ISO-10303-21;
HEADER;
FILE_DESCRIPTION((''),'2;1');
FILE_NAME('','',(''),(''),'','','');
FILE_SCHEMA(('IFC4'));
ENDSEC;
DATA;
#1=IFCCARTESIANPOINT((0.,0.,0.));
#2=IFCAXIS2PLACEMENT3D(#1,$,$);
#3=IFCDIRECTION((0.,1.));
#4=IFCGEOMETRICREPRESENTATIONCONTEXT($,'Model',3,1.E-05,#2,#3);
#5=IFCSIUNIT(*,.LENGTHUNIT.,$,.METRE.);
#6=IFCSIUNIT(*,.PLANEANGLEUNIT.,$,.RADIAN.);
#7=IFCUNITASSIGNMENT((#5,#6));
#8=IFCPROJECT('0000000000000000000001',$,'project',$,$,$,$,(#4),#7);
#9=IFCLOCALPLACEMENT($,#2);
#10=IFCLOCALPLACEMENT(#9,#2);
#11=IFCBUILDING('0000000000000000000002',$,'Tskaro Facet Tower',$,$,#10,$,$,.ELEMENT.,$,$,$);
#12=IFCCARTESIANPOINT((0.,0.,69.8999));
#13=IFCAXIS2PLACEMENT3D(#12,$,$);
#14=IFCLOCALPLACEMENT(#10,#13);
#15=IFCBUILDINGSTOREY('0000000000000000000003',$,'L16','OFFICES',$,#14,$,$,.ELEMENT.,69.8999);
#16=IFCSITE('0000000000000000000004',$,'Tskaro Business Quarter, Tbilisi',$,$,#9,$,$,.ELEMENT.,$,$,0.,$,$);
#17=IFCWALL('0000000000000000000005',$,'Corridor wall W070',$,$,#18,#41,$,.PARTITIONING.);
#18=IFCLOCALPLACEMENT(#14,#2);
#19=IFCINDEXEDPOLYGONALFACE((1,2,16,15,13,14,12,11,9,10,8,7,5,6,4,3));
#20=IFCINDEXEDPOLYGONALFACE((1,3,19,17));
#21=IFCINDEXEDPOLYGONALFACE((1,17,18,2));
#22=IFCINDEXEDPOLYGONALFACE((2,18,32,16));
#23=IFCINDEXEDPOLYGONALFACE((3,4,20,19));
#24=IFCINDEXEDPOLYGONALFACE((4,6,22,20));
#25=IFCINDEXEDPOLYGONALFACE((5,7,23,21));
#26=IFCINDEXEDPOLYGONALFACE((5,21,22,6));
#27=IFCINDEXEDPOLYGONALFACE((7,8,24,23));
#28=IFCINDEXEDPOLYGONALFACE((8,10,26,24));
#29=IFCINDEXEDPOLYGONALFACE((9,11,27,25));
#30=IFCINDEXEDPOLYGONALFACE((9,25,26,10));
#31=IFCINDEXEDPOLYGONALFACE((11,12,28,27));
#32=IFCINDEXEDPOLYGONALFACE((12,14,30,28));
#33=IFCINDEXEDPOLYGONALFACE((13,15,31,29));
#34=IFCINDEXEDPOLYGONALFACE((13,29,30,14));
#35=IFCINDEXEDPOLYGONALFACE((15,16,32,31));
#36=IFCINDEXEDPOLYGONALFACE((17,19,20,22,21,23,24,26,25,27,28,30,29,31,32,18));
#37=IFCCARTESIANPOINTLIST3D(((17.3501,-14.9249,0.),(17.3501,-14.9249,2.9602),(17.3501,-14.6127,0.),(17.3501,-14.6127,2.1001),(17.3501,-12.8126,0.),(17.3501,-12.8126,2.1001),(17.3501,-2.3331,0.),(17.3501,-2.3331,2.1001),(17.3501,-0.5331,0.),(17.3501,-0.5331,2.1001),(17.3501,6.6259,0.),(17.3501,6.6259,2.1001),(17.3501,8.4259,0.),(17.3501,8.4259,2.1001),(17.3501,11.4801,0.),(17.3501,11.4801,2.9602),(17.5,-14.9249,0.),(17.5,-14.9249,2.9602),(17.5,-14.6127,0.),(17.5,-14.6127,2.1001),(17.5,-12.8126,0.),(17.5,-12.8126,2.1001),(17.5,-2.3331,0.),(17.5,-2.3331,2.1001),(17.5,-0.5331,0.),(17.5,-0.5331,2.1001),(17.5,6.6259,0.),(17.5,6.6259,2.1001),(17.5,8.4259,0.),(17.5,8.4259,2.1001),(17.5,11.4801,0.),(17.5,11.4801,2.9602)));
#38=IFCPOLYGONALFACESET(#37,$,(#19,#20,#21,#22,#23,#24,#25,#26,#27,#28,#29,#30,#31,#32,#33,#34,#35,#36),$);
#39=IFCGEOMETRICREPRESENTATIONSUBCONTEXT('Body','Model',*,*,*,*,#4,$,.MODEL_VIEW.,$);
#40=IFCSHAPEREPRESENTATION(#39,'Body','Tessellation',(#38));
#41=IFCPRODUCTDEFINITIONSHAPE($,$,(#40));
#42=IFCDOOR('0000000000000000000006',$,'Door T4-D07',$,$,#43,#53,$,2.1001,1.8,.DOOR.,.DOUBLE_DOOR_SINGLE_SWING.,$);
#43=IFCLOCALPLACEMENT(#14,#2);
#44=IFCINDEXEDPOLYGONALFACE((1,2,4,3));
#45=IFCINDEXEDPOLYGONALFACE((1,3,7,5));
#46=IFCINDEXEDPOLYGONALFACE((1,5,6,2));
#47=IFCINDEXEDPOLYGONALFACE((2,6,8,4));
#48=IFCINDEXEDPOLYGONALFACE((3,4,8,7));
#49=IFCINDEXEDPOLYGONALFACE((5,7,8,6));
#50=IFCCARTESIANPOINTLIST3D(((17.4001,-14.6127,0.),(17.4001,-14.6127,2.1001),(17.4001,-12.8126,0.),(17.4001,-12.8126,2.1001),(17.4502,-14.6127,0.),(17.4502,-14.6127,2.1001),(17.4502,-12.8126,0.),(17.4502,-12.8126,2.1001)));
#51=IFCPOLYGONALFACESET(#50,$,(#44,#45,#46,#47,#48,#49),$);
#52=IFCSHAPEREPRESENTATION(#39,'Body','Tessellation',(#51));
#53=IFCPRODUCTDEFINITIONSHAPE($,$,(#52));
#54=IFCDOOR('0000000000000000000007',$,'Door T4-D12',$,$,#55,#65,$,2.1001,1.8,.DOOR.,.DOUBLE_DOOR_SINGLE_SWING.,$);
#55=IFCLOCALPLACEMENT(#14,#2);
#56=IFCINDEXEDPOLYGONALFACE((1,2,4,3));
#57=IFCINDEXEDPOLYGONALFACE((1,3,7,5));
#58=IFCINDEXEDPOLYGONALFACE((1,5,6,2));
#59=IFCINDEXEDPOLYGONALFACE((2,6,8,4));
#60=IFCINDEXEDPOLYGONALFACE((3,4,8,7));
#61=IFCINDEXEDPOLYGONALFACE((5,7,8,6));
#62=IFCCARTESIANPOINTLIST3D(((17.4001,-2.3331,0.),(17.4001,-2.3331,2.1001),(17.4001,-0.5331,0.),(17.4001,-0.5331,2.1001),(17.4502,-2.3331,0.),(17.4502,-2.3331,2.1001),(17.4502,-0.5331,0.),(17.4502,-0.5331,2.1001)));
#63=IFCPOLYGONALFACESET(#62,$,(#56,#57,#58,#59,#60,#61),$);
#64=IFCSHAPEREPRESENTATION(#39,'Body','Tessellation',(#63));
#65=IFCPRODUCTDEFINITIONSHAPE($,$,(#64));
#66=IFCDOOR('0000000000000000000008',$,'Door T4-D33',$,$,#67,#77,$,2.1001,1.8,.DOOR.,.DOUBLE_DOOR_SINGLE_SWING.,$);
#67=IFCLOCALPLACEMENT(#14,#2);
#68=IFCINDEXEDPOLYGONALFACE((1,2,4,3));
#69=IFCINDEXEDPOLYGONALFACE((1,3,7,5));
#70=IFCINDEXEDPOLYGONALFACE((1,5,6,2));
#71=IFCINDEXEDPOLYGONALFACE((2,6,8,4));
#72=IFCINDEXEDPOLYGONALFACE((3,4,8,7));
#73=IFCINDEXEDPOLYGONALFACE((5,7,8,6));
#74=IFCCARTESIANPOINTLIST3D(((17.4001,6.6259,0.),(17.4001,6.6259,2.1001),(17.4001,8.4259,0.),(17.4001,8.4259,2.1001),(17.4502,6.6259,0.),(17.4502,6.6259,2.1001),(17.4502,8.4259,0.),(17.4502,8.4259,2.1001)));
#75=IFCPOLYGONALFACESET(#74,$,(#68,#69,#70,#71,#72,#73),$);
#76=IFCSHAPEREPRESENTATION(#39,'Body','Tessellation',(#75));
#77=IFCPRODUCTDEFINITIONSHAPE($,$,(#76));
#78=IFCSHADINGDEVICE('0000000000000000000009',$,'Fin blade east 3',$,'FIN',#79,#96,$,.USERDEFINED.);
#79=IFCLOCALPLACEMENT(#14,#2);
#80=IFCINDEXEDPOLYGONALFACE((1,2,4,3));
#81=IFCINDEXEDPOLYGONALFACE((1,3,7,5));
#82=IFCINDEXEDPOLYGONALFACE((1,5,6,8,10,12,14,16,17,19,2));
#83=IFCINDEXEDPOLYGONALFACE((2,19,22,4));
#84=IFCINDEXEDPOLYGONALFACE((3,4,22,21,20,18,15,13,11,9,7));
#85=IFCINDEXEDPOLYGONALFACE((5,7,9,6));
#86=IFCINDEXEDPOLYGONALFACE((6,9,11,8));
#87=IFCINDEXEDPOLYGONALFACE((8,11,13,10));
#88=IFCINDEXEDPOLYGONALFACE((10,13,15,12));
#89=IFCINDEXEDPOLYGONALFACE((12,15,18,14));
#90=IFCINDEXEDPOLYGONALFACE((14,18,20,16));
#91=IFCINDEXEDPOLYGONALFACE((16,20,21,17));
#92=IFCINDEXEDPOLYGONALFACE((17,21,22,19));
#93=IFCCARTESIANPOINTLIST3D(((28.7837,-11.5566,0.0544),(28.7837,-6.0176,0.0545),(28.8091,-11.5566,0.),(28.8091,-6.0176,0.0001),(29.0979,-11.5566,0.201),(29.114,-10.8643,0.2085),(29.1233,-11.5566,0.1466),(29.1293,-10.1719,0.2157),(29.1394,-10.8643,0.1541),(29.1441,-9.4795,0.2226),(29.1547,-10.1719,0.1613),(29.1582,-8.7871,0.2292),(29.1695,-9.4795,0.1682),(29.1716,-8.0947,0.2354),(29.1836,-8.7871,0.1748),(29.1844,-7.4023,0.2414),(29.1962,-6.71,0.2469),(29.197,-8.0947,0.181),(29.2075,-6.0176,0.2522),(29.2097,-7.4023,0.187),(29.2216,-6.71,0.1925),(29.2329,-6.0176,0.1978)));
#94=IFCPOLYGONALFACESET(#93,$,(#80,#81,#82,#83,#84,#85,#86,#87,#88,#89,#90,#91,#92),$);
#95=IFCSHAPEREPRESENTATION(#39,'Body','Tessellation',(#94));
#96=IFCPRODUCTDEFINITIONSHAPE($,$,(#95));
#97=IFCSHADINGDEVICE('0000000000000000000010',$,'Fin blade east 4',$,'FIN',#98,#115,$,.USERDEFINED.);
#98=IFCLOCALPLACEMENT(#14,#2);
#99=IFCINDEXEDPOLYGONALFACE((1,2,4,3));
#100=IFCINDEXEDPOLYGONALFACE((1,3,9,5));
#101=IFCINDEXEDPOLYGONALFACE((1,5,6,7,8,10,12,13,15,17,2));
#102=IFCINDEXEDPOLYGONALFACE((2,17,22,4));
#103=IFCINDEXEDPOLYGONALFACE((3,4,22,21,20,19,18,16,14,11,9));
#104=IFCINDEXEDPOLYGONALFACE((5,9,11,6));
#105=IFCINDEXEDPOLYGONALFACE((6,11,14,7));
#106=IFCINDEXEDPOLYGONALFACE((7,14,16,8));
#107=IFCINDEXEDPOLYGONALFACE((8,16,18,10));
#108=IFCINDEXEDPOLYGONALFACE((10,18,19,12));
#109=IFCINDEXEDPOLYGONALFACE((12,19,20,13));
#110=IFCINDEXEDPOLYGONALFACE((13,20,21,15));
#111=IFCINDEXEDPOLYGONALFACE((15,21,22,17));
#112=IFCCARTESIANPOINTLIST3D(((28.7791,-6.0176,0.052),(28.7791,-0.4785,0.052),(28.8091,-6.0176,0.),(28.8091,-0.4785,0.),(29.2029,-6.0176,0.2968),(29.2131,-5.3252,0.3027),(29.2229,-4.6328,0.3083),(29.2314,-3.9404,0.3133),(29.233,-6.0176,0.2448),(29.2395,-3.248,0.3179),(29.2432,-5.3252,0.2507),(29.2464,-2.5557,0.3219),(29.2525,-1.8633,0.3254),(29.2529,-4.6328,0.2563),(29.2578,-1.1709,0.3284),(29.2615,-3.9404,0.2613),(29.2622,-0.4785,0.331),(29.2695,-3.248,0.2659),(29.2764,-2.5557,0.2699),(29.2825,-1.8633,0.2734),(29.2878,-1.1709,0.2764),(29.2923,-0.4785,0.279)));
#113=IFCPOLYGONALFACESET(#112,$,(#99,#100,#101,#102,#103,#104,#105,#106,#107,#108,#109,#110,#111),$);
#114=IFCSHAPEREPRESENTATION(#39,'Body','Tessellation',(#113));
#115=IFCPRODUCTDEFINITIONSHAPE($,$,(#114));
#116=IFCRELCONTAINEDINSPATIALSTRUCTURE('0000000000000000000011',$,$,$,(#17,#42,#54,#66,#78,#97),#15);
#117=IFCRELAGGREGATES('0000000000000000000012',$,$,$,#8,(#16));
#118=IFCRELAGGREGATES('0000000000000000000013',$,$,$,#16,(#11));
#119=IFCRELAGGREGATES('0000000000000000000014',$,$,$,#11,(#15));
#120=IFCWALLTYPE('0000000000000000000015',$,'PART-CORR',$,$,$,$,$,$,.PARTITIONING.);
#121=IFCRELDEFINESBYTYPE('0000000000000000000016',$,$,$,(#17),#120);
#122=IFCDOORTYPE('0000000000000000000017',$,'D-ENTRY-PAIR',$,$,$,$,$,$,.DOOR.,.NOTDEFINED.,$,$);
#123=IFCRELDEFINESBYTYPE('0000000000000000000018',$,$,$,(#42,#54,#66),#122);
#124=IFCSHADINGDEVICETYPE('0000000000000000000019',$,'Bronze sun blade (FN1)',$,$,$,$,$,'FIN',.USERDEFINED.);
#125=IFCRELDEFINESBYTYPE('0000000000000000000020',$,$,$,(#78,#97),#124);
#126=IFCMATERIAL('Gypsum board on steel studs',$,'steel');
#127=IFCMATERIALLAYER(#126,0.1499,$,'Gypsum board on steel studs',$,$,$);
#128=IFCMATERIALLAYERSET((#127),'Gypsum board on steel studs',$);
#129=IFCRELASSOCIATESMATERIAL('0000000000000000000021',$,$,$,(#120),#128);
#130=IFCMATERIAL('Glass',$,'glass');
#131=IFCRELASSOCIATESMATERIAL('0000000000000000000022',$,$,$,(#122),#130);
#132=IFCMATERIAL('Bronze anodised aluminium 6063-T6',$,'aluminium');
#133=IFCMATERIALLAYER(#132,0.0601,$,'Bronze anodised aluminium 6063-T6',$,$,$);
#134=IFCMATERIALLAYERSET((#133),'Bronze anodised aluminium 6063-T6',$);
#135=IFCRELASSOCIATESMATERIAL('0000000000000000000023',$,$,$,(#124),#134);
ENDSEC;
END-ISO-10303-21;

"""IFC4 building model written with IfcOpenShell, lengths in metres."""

from ifc_helpers import new_model, si_unit, direction, frame, frame_2d, origin, place, context, subcontext, project, spatial, polyline, rectangle, outline, extrude, material, layer, layer_set, type_object, element, fill, save


model = new_model("IFC4")

# Units and contexts
model_context = context("Model", 3, precision=1e-05, world=origin(), true_north=direction((0.0, 1.0)))
body_context = subcontext(model_context, "Body", "Model", "MODEL_VIEW")
ifc_project = project(units=[si_unit("LENGTHUNIT", "METRE"), si_unit("PLANEANGLEUNIT", "RADIAN")], contexts=[model_context])

# Site, building, storey
site_placement = place(None, origin())
site = spatial("IfcSite", under=ifc_project, at=site_placement, Name="Tskaro Business Quarter, Tbilisi", CompositionType="ELEMENT", RefElevation=0.0)
building_placement = place(site_placement, origin())
building = spatial("IfcBuilding", under=site, at=building_placement, Name="Tskaro Facet Tower", CompositionType="ELEMENT")
storey_placement = place(building_placement, frame((0.0, 0.0, 69.8999)))
storey = spatial("IfcBuildingStorey", under=building, at=storey_placement, Name="L16", Description="OFFICES", CompositionType="ELEMENT", Elevation=69.8999)

# Shared definitions
ifc_material_1 = material(Name="Bronze anodised aluminium 6063-T6", Category="aluminium")

# Shared definitions
ifc_material_2 = material(Name="Gypsum board on steel studs", Category="steel")

# Shared definitions
ifc_layer_1 = layer(ifc_material_2, 0.1499, Name="Gypsum board on steel studs")
ifc_layer_set_1 = layer_set([ifc_layer_1], Name="Gypsum board on steel studs")
wall_type_1 = type_object("IfcWallType", Name="PART-CORR", PredefinedType="PARTITIONING", material=ifc_layer_set_1)

# Wall, openings, doors
wall_1_placement = place(storey_placement, frame((17.425, -14.925, 0.0), z_axis=(0.0, 0.0, 1.0), x_axis=(0.0, 1.0, 0.0)))
wall_1 = element("IfcWall", 1, at=wall_1_placement, inside=storey, type_object=wall_type_1, Name="Corridor wall W070", PredefinedType="PARTITIONING", context=body_context, shape_type="SweptSolid", body=[
    extrude(rectangle(XDim=26.405, YDim=0.1499, at=frame_2d((13.2026, 0.0))), origin(), (0.0, 0.0, 1.0), 2.9602),
])
opening_1_placement = place(wall_1_placement, frame((0.3125, 0.0, 0.0)))
opening_1 = element("IfcOpeningElement", 2, at=opening_1_placement, cuts=wall_1, PredefinedType="OPENING", context=body_context, shape_type="SweptSolid", body=[
    extrude(rectangle(XDim=1.8, YDim=2.1001, at=frame_2d((0.8999, 1.05))), frame((0.0, 0.085, 0.0), z_axis=(0.0, -1.0, 0.0), x_axis=(1.0, 0.0, 0.0)), (0.0, 0.0, 1.0), 0.1699),
])
opening_2_placement = place(wall_1_placement, frame((12.592, 0.0, 0.0)))
opening_2 = element("IfcOpeningElement", 3, at=opening_2_placement, cuts=wall_1, PredefinedType="OPENING", context=body_context, shape_type="SweptSolid", body=[
    extrude(rectangle(XDim=1.8, YDim=2.1001, at=frame_2d((0.8999, 1.05))), frame((0.0, 0.085, 0.0), z_axis=(0.0, -1.0, 0.0), x_axis=(1.0, 0.0, 0.0)), (0.0, 0.0, 1.0), 0.1699),
])
opening_3_placement = place(wall_1_placement, frame((21.551, 0.0, 0.0)))
opening_3 = element("IfcOpeningElement", 4, at=opening_3_placement, cuts=wall_1, PredefinedType="OPENING", context=body_context, shape_type="SweptSolid", body=[
    extrude(rectangle(XDim=1.8, YDim=2.1001, at=frame_2d((0.8999, 1.05))), frame((0.0, 0.085, 0.0), z_axis=(0.0, -1.0, 0.0), x_axis=(1.0, 0.0, 0.0)), (0.0, 0.0, 1.0), 0.1699),
])
ifc_material_3 = material(Name="Glass", Category="glass")
door_type_1 = type_object("IfcDoorType", Name="D-ENTRY-PAIR", OperationType="NOTDEFINED", PredefinedType="DOOR", material=ifc_material_3)
door_1_placement = place(opening_1_placement, origin())
door_1 = element("IfcDoor", 5, at=door_1_placement, inside=storey, type_object=door_type_1, Name="Door T4-D07", OperationType="DOUBLE_DOOR_SINGLE_SWING", OverallHeight=2.1001, OverallWidth=1.8, PredefinedType="DOOR", context=body_context, shape_type="SweptSolid", body=[
    extrude(rectangle(XDim=1.8, YDim=2.1001, at=frame_2d((0.8999, 1.05))), frame((0.0, 0.0249, 0.0), z_axis=(0.0, -1.0, 0.0), x_axis=(1.0, 0.0, 0.0)), (0.0, 0.0, 1.0), 0.05),
])
fill(opening_1, door_1)
door_2_placement = place(opening_2_placement, origin())
door_2 = element("IfcDoor", 6, at=door_2_placement, inside=storey, type_object=door_type_1, Name="Door T4-D12", OperationType="DOUBLE_DOOR_SINGLE_SWING", OverallHeight=2.1001, OverallWidth=1.8, PredefinedType="DOOR", context=body_context, shape_type="SweptSolid", body=[
    extrude(rectangle(XDim=1.8, YDim=2.1001, at=frame_2d((0.8999, 1.05))), frame((0.0, 0.0249, 0.0), z_axis=(0.0, -1.0, 0.0), x_axis=(1.0, 0.0, 0.0)), (0.0, 0.0, 1.0), 0.05),
])
fill(opening_2, door_2)
door_3_placement = place(opening_3_placement, origin())
door_3 = element("IfcDoor", 7, at=door_3_placement, inside=storey, type_object=door_type_1, Name="Door T4-D33", OperationType="DOUBLE_DOOR_SINGLE_SWING", OverallHeight=2.1001, OverallWidth=1.8, PredefinedType="DOOR", context=body_context, shape_type="SweptSolid", body=[
    extrude(rectangle(XDim=1.8, YDim=2.1001, at=frame_2d((0.8999, 1.05))), frame((0.0, 0.0249, 0.0), z_axis=(0.0, -1.0, 0.0), x_axis=(1.0, 0.0, 0.0)), (0.0, 0.0, 1.0), 0.05),
])
fill(opening_3, door_3)

# Shading devices
ifc_layer_2 = layer(ifc_material_1, 0.0601, Name="Bronze anodised aluminium 6063-T6")
ifc_layer_set_2 = layer_set([ifc_layer_2], Name="Bronze anodised aluminium 6063-T6")
shading_device_type = type_object("IfcShadingDeviceType", Name="Bronze sun blade (FN1)", ElementType="FIN", PredefinedType="USERDEFINED", material=ifc_layer_set_2)
shading_device_1_placement = place(storey_placement, frame((28.7837, -11.5566, 0.0544), z_axis=(-0.422749, -0.00001, 0.906247), x_axis=(-0.000004, 1.0, 0.000009)))
element("IfcShadingDevice", 8, at=shading_device_1_placement, inside=storey, type_object=shading_device_type, Name="Fin blade east 3", ObjectType="FIN", PredefinedType="USERDEFINED", context=body_context, shape_type="SweptSolid", body=[
    extrude(outline(polyline([(0.0, 0.0), (5.5391, 0.0), (5.5391, -0.4677), (4.8467, -0.4552), (4.1543, -0.4421), (3.4619, -0.428), (2.7695, -0.4133), (2.0771, -0.3977), (1.3848, -0.3814), (0.6924, -0.3645), (0.0, -0.3467), (0.0, 0.0)])), origin(), (0.0, 0.0, -1.0), 0.0601),
])
shading_device_2_placement = place(storey_placement, frame((28.7791, -6.0176, 0.052), z_axis=(-0.50013, 0.000006, 0.865951), x_axis=(0.000003, 1.0, -0.000005)))
element("IfcShadingDevice", 9, at=shading_device_2_placement, inside=storey, type_object=shading_device_type, Name="Fin blade east 4", ObjectType="FIN", PredefinedType="USERDEFINED", context=body_context, shape_type="SweptSolid", body=[
    extrude(outline(polyline([(0.0, 0.0), (5.5391, 0.0), (5.5391, -0.558), (4.8467, -0.5528), (4.1543, -0.5467), (3.4619, -0.5397), (2.7695, -0.5317), (2.0771, -0.5224), (1.3848, -0.5126), (0.6924, -0.5013), (0.0, -0.4895), (0.0, 0.0)])), origin(), (0.0, 0.0, -1.0), 0.0601),
])

save(model, "model.ifc")
